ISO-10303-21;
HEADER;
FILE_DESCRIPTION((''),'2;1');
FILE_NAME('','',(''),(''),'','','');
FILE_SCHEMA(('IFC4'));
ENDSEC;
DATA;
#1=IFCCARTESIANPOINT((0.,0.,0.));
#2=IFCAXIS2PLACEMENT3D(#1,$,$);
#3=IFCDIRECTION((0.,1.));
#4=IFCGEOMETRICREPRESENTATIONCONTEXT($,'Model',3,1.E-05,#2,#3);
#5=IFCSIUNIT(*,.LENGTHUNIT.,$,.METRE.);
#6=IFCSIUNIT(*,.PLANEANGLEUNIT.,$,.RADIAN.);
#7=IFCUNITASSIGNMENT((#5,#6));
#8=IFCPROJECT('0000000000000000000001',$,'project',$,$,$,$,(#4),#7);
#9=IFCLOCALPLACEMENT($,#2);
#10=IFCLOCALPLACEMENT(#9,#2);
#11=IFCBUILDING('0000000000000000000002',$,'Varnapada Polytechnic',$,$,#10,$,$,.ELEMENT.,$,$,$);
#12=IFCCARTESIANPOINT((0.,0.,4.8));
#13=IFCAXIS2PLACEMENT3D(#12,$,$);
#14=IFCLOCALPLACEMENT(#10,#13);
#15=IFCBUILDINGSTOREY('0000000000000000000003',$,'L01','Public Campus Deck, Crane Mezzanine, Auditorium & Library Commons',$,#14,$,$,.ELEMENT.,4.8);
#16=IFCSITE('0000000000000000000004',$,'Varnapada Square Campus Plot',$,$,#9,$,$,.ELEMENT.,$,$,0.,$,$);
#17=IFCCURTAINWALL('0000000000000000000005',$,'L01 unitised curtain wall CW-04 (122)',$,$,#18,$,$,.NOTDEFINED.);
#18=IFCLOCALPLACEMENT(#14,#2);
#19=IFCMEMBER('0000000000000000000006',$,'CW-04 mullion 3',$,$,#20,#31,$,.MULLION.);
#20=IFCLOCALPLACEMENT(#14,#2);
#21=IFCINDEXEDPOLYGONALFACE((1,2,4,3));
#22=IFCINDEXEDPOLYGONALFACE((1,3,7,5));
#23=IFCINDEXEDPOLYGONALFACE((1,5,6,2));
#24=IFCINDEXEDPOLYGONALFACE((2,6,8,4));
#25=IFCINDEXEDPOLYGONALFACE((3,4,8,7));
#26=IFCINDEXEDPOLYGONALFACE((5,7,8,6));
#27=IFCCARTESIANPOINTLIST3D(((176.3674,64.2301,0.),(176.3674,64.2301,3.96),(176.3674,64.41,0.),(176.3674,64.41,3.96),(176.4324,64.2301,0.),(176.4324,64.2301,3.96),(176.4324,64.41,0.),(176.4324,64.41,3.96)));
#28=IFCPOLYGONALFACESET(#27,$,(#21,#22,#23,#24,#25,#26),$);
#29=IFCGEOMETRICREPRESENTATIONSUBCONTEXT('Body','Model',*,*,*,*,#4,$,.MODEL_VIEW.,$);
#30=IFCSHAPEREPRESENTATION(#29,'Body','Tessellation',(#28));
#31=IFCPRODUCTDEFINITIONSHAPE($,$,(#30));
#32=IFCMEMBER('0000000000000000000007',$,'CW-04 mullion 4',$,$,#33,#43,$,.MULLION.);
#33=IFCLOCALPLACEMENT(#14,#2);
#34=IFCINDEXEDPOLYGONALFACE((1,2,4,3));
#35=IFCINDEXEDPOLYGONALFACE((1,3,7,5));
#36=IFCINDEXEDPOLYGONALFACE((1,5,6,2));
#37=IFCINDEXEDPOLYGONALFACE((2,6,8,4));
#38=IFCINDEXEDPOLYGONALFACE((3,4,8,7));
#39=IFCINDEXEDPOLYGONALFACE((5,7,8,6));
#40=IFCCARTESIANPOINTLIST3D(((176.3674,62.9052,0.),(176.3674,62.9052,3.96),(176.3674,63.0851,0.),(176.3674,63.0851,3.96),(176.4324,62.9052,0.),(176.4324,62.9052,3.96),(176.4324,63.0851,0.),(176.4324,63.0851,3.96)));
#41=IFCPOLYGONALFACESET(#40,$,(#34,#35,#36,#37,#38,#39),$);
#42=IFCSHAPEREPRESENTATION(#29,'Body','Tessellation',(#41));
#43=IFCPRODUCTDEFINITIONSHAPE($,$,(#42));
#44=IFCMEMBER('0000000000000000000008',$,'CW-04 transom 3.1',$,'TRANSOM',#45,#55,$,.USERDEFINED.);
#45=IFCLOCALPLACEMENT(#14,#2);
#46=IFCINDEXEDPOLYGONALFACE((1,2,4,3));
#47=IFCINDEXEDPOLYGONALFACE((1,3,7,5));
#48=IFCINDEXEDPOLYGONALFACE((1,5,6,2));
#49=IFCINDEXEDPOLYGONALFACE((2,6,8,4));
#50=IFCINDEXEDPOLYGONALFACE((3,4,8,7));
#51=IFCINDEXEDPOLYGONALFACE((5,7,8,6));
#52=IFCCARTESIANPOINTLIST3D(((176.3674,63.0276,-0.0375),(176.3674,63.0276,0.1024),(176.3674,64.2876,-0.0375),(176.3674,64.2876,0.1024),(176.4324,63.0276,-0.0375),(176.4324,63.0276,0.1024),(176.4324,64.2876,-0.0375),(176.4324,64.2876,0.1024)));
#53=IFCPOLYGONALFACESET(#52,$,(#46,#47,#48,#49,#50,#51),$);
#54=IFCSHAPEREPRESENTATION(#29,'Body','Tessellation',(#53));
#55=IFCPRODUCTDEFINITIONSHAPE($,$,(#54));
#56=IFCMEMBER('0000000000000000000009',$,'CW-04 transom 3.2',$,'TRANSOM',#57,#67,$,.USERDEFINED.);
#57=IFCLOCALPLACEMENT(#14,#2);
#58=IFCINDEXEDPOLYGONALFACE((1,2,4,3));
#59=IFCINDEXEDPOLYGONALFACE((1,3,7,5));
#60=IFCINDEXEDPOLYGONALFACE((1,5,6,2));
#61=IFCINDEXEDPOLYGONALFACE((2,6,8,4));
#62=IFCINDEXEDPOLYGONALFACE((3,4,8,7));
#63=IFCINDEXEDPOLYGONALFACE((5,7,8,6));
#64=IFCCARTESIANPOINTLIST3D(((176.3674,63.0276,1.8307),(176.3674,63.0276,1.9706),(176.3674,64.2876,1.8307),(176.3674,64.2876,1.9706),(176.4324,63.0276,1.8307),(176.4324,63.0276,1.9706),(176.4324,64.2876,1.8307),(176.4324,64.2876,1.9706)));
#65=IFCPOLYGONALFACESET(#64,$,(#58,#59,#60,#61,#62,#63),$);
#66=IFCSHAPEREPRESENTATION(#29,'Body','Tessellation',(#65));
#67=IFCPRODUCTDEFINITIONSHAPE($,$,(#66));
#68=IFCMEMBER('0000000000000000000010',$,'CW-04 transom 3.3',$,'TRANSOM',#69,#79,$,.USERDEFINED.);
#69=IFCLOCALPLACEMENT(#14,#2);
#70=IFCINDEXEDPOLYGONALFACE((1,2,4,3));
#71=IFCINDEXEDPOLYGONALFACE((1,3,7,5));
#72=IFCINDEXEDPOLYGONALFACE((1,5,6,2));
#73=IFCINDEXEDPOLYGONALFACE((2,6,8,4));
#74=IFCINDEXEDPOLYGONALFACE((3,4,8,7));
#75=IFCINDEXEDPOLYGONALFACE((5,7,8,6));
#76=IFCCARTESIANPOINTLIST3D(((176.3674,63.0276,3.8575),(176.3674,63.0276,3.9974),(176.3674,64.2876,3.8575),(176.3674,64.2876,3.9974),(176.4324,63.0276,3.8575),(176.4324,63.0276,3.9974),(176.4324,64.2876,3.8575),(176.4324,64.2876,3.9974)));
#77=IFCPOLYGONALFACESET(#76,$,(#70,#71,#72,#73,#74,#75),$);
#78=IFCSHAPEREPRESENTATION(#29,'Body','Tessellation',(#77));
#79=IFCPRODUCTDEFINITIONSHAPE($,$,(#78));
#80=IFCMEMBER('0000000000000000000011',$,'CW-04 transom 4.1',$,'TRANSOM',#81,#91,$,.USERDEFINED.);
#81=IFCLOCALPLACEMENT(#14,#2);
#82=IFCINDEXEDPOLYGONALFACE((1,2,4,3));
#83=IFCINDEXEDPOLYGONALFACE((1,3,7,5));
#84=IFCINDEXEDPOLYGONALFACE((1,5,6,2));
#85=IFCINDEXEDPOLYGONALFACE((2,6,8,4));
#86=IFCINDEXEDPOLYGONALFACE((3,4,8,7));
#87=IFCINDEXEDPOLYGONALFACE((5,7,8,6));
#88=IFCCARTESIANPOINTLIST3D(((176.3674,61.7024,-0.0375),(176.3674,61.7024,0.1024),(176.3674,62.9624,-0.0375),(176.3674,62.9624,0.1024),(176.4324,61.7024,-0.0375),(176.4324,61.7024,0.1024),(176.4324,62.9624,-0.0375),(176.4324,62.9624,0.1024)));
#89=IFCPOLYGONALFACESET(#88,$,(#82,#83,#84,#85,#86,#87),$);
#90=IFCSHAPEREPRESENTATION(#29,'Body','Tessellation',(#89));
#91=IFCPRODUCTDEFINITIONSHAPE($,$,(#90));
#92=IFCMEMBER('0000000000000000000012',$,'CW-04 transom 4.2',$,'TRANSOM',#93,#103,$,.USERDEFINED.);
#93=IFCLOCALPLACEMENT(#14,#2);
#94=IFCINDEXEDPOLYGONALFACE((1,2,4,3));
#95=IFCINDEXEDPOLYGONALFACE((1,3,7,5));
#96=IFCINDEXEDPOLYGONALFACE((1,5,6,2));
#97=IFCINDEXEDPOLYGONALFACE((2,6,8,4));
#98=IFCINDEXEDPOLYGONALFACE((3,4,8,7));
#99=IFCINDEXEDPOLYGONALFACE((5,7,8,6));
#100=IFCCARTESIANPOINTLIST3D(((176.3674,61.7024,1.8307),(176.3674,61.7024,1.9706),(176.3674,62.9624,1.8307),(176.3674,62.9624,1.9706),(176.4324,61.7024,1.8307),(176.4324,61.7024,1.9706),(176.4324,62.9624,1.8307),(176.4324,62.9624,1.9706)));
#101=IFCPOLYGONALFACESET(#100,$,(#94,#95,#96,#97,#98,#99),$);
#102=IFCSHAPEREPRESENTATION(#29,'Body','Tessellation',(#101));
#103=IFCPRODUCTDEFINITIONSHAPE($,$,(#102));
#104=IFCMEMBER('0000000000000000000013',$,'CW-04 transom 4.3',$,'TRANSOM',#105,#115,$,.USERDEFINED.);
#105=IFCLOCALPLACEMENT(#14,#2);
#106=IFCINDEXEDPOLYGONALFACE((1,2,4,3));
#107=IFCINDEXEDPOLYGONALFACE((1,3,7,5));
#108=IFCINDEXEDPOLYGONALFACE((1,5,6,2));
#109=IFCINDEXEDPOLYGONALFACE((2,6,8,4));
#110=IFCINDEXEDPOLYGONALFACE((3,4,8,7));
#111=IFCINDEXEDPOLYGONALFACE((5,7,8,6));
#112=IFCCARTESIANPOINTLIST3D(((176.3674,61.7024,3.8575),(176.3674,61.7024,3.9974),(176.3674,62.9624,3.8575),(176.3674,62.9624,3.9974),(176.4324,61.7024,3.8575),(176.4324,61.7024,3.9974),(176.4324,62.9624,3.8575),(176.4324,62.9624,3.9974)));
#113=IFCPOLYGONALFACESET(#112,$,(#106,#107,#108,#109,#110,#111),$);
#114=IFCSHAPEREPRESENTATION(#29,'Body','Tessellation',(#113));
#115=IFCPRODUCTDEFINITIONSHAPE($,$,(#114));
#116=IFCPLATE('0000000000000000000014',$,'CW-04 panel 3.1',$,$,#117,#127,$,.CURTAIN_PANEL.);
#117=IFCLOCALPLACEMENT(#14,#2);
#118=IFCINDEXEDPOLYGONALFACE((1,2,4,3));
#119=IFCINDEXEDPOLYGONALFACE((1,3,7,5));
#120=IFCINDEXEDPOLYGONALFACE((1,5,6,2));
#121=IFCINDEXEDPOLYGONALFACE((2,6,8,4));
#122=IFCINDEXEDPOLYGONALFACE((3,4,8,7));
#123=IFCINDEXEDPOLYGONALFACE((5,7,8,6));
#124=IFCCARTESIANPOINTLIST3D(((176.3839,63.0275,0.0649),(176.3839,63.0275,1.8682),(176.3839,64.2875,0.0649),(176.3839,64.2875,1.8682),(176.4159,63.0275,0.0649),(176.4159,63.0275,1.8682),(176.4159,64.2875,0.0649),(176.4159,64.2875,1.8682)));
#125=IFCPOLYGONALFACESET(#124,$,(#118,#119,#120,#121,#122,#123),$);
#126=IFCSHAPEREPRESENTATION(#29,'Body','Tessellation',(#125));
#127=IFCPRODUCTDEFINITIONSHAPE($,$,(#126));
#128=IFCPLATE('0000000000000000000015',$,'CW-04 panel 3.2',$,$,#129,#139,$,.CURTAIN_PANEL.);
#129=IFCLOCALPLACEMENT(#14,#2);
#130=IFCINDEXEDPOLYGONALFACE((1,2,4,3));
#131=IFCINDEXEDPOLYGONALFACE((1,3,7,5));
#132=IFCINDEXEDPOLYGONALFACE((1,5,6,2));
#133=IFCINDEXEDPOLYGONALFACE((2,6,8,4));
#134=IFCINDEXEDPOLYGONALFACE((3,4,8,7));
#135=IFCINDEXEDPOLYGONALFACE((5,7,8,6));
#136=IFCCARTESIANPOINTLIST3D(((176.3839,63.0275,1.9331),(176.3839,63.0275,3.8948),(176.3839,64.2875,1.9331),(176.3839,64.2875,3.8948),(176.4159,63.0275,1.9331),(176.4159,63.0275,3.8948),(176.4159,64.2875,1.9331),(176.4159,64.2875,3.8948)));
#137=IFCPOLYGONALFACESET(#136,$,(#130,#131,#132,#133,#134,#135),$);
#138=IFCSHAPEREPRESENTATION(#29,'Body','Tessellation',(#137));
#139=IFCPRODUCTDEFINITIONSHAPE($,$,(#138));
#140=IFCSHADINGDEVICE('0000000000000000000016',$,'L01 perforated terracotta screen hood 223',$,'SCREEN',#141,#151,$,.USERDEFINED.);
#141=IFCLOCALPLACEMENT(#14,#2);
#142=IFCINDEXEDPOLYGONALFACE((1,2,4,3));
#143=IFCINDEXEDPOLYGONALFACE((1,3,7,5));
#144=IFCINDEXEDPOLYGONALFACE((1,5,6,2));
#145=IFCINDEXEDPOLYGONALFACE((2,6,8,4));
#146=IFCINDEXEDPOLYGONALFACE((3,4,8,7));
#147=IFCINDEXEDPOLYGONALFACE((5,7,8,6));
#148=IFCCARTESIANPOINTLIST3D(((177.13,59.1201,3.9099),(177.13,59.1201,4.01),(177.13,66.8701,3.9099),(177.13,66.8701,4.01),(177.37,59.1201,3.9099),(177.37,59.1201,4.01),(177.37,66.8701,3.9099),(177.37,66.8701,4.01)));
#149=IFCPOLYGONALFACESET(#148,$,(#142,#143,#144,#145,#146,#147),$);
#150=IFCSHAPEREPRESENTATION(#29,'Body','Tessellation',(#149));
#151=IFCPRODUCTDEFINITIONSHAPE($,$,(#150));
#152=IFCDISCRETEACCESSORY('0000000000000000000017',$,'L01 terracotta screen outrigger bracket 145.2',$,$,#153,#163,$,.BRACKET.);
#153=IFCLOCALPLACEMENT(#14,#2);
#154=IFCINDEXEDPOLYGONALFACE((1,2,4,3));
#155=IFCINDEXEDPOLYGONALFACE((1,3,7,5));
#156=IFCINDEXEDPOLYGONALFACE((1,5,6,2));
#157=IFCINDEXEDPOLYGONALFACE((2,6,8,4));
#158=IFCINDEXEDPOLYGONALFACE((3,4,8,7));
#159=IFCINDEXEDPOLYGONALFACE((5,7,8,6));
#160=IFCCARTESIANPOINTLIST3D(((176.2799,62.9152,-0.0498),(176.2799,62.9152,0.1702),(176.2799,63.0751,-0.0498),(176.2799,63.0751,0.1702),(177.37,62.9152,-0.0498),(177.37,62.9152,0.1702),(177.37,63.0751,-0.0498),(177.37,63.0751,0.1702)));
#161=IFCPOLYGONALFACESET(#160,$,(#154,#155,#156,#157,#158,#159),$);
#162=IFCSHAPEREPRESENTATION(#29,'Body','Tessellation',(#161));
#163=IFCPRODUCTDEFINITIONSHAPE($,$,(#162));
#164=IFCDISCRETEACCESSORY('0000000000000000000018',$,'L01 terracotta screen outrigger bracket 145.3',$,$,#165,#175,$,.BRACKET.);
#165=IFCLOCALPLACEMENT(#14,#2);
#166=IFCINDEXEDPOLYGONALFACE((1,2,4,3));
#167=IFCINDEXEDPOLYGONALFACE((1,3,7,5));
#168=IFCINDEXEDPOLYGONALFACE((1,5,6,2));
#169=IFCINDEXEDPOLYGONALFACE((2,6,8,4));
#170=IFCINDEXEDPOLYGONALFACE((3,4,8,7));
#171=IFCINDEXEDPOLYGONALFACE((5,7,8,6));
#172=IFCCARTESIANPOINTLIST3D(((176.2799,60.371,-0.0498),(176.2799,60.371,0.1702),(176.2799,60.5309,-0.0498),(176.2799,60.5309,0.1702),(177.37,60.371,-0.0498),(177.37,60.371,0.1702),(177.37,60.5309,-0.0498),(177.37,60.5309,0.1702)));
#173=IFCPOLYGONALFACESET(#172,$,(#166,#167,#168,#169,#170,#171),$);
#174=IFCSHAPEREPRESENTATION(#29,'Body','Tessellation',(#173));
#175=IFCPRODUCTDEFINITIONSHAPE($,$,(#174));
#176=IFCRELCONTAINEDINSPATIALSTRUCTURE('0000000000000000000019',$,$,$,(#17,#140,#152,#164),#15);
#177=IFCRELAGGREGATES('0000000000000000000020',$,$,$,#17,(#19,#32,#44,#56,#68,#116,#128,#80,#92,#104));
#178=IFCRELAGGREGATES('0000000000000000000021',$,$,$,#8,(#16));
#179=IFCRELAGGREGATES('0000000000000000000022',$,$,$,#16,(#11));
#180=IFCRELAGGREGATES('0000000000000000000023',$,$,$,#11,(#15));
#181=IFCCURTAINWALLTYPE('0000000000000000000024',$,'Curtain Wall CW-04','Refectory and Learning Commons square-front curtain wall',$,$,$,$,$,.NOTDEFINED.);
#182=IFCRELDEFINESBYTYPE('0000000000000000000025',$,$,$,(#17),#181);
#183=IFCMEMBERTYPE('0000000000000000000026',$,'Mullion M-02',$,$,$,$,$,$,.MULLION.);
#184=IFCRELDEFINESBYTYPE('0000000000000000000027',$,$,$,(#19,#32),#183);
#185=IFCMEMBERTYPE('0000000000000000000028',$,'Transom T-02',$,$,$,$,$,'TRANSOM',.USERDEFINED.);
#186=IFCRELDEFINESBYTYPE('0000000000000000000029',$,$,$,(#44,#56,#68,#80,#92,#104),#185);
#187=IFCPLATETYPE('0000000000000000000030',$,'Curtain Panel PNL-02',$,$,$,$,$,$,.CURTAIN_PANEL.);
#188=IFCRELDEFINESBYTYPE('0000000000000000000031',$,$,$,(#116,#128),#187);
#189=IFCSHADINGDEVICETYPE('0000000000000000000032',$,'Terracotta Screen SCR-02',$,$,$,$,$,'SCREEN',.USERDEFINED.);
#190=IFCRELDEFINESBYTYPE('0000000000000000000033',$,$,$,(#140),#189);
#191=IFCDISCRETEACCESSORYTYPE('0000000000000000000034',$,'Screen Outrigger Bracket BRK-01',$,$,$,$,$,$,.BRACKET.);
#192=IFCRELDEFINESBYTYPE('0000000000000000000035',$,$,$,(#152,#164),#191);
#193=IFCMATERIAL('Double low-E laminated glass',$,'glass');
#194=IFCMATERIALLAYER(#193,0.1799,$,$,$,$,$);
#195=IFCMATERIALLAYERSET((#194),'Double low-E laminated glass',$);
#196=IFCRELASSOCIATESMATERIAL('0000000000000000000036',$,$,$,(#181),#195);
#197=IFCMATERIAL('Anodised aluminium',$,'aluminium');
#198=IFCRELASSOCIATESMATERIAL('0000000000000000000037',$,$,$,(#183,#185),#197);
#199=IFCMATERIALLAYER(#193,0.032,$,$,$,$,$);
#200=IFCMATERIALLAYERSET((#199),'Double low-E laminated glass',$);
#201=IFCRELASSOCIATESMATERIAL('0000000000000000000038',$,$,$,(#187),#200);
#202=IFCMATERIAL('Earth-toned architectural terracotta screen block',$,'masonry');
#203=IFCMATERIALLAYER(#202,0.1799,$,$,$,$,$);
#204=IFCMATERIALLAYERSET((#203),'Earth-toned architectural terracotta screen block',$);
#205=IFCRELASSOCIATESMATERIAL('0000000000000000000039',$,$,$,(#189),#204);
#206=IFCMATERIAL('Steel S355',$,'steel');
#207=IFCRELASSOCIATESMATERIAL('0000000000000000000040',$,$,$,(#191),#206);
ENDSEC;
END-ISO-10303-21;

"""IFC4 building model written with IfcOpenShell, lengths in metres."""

from ifc_helpers import new_model, si_unit, direction, frame, origin, origin_2d, place, context, subcontext, project, spatial, rectangle, extrude, material, layer, layer_set, material_profile, profile_set, type_object, element, aggregate, save


model = new_model("IFC4")

# Units and contexts
model_context = context("Model", 3, precision=1e-05, world=origin(), true_north=direction((0.0, 1.0)))
body_context = subcontext(model_context, "Body", "Model", "MODEL_VIEW")
ifc_project = project(units=[si_unit("LENGTHUNIT", "METRE"), si_unit("PLANEANGLEUNIT", "RADIAN")], contexts=[model_context])

# Site, building, storey
site_placement = place(None, origin())
site = spatial("IfcSite", under=ifc_project, at=site_placement, Name="Varnapada Square Campus Plot", CompositionType="ELEMENT", RefElevation=0.0)
building_placement = place(site_placement, origin())
building = spatial("IfcBuilding", under=site, at=building_placement, Name="Varnapada Polytechnic", CompositionType="ELEMENT")
storey_placement = place(building_placement, frame((0.0, 0.0, 4.8)))
storey = spatial("IfcBuildingStorey", under=building, at=storey_placement, Name="L01", Description="Public Campus Deck, Crane Mezzanine, Auditorium & Library Commons", CompositionType="ELEMENT", Elevation=4.8)

# Curtain wall, members, plates
ifc_material_1 = material(Name="Double low-E laminated glass", Category="glass")
ifc_layer_1 = layer(ifc_material_1, 0.1799)
ifc_layer_set_1 = layer_set([ifc_layer_1], Name="Double low-E laminated glass")
curtain_wall_type = type_object("IfcCurtainWallType", Name="Curtain Wall CW-04", Description="Refectory and Learning Commons square-front curtain wall", PredefinedType="NOTDEFINED", material=ifc_layer_set_1)
curtain_wall_placement = place(storey_placement, origin())
curtain_wall = element("IfcCurtainWall", 1, at=curtain_wall_placement, inside=storey, type_object=curtain_wall_type, Name="L01 unitised curtain wall CW-04 (122)", PredefinedType="NOTDEFINED")
ifc_material_2 = material(Name="Anodised aluminium", Category="aluminium")
ifc_material_profile_1 = material_profile(ifc_material_2, rectangle(XDim=0.0649, YDim=0.1799, at=origin_2d()), Name="ALU M65x180")
ifc_profile_set_1 = profile_set([ifc_material_profile_1], Name="Anodised aluminium")
member_type_1 = type_object("IfcMemberType", Name="Mullion M-02", PredefinedType="MULLION", material=ifc_profile_set_1)
member_1_placement = place(storey_placement, frame((176.3999, 64.3201, 0.0), z_axis=(0.0, 0.0, 1.0), x_axis=(1.0, 0.0, 0.0)))
member_1 = element("IfcMember", 2, at=member_1_placement, type_object=member_type_1, Name="CW-04 mullion 3", PredefinedType="MULLION", context=body_context, shape_type="SweptSolid", body=[
    extrude(rectangle(XDim=0.0649, YDim=0.1799, at=origin_2d()), origin(), (0.0, 0.0, 1.0), 3.96),
])
member_2_placement = place(storey_placement, frame((176.3999, 62.9951, 0.0), z_axis=(0.0, 0.0, 1.0), x_axis=(1.0, 0.0, 0.0)))
member_2 = element("IfcMember", 3, at=member_2_placement, type_object=member_type_1, Name="CW-04 mullion 4", PredefinedType="MULLION", context=body_context, shape_type="SweptSolid", body=[
    extrude(rectangle(XDim=0.0649, YDim=0.1799, at=origin_2d()), origin(), (0.0, 0.0, 1.0), 3.96),
])
ifc_material_profile_2 = material_profile(ifc_material_2, rectangle(XDim=0.0649, YDim=0.1399, at=origin_2d()), Name="ALU T65x140")
ifc_profile_set_2 = profile_set([ifc_material_profile_2], Name="Anodised aluminium")
member_type_2 = type_object("IfcMemberType", Name="Transom T-02", ElementType="TRANSOM", PredefinedType="USERDEFINED", material=ifc_profile_set_2)
member_3_placement = place(storey_placement, frame((176.3999, 64.2876, 0.0325), z_axis=(0.0, -1.0, 0.0), x_axis=(1.0, 0.0, 0.0)))
member_3 = element("IfcMember", 4, at=member_3_placement, type_object=member_type_2, Name="CW-04 transom 3.1", ObjectType="TRANSOM", PredefinedType="USERDEFINED", context=body_context, shape_type="SweptSolid", body=[
    extrude(rectangle(XDim=0.0649, YDim=0.1399, at=origin_2d()), origin(), (0.0, 0.0, 1.0), 1.26),
])
member_4_placement = place(storey_placement, frame((176.3999, 64.2876, 1.9006), z_axis=(0.0, -1.0, 0.0), x_axis=(1.0, 0.0, 0.0)))
member_4 = element("IfcMember", 5, at=member_4_placement, type_object=member_type_2, Name="CW-04 transom 3.2", ObjectType="TRANSOM", PredefinedType="USERDEFINED", context=body_context, shape_type="SweptSolid", body=[
    extrude(rectangle(XDim=0.0649, YDim=0.1399, at=origin_2d()), origin(), (0.0, 0.0, 1.0), 1.26),
])
member_5_placement = place(storey_placement, frame((176.3999, 64.2876, 3.9275), z_axis=(0.0, -1.0, 0.0), x_axis=(1.0, 0.0, 0.0)))
member_5 = element("IfcMember", 6, at=member_5_placement, type_object=member_type_2, Name="CW-04 transom 3.3", ObjectType="TRANSOM", PredefinedType="USERDEFINED", context=body_context, shape_type="SweptSolid", body=[
    extrude(rectangle(XDim=0.0649, YDim=0.1399, at=origin_2d()), origin(), (0.0, 0.0, 1.0), 1.26),
])
member_6_placement = place(storey_placement, frame((176.3999, 62.9624, 0.0325), z_axis=(0.0, -1.0, 0.0), x_axis=(1.0, 0.0, 0.0)))
member_6 = element("IfcMember", 7, at=member_6_placement, type_object=member_type_2, Name="CW-04 transom 4.1", ObjectType="TRANSOM", PredefinedType="USERDEFINED", context=body_context, shape_type="SweptSolid", body=[
    extrude(rectangle(XDim=0.0649, YDim=0.1399, at=origin_2d()), origin(), (0.0, 0.0, 1.0), 1.26),
])
member_7_placement = place(storey_placement, frame((176.3999, 62.9624, 1.9006), z_axis=(0.0, -1.0, 0.0), x_axis=(1.0, 0.0, 0.0)))
member_7 = element("IfcMember", 8, at=member_7_placement, type_object=member_type_2, Name="CW-04 transom 4.2", ObjectType="TRANSOM", PredefinedType="USERDEFINED", context=body_context, shape_type="SweptSolid", body=[
    extrude(rectangle(XDim=0.0649, YDim=0.1399, at=origin_2d()), origin(), (0.0, 0.0, 1.0), 1.26),
])
member_8_placement = place(storey_placement, frame((176.3999, 62.9624, 3.9275), z_axis=(0.0, -1.0, 0.0), x_axis=(1.0, 0.0, 0.0)))
member_8 = element("IfcMember", 9, at=member_8_placement, type_object=member_type_2, Name="CW-04 transom 4.3", ObjectType="TRANSOM", PredefinedType="USERDEFINED", context=body_context, shape_type="SweptSolid", body=[
    extrude(rectangle(XDim=0.0649, YDim=0.1399, at=origin_2d()), origin(), (0.0, 0.0, 1.0), 1.26),
])
ifc_layer_2 = layer(ifc_material_1, 0.032)
ifc_layer_set_2 = layer_set([ifc_layer_2], Name="Double low-E laminated glass")
plate_type = type_object("IfcPlateType", Name="Curtain Panel PNL-02", PredefinedType="CURTAIN_PANEL", material=ifc_layer_set_2)
plate_1_placement = place(storey_placement, frame((176.3999, 63.6575, 0.0649), z_axis=(0.0, 0.0, 1.0), x_axis=(0.0, -1.0, 0.0)))
plate_1 = element("IfcPlate", 10, at=plate_1_placement, type_object=plate_type, Name="CW-04 panel 3.1", PredefinedType="CURTAIN_PANEL", context=body_context, shape_type="SweptSolid", body=[
    extrude(rectangle(XDim=1.26, YDim=0.032, at=origin_2d()), origin(), (0.0, 0.0, 1.0), 1.8032),
])
plate_2_placement = place(storey_placement, frame((176.3999, 63.6575, 1.9331), z_axis=(0.0, 0.0, 1.0), x_axis=(0.0, -1.0, 0.0)))
plate_2 = element("IfcPlate", 11, at=plate_2_placement, type_object=plate_type, Name="CW-04 panel 3.2", PredefinedType="CURTAIN_PANEL", context=body_context, shape_type="SweptSolid", body=[
    extrude(rectangle(XDim=1.26, YDim=0.032, at=origin_2d()), origin(), (0.0, 0.0, 1.0), 1.9617),
])
aggregate(curtain_wall, [member_1, member_2, member_3, member_4, member_5, plate_1, plate_2, member_6, member_7, member_8])

# Shading device
ifc_material_3 = material(Name="Earth-toned architectural terracotta screen block", Category="masonry")
ifc_layer_3 = layer(ifc_material_3, 0.1799)
ifc_layer_set_3 = layer_set([ifc_layer_3], Name="Earth-toned architectural terracotta screen block")
shading_device_type = type_object("IfcShadingDeviceType", Name="Terracotta Screen SCR-02", ElementType="SCREEN", PredefinedType="USERDEFINED", material=ifc_layer_set_3)
shading_device_placement = place(storey_placement, frame((177.25, 62.9951, 3.9099), z_axis=(0.0, 0.0, 1.0), x_axis=(0.0, -1.0, 0.0)))
element("IfcShadingDevice", 12, at=shading_device_placement, inside=storey, type_object=shading_device_type, Name="L01 perforated terracotta screen hood 223", ObjectType="SCREEN", PredefinedType="USERDEFINED", context=body_context, shape_type="SweptSolid", body=[
    extrude(rectangle(XDim=7.75, YDim=0.24, at=origin_2d()), origin(), (0.0, 0.0, 1.0), 0.1001),
])

# Discrete accessories
ifc_material_4 = material(Name="Steel S355", Category="steel")
discrete_accessory_type = type_object("IfcDiscreteAccessoryType", Name="Screen Outrigger Bracket BRK-01", PredefinedType="BRACKET", material=ifc_material_4)
for number, where, z_axis, x_axis, name in (
    (13, (176.825, 62.9951, -0.0498), (0.0, 0.0, 1.0), (0.0, -1.0, 0.0), "L01 terracotta screen outrigger bracket 145.2"),
    (14, (176.825, 60.4509, -0.0498), (0.0, 0.0, 1.0), (0.0, -1.0, 0.0), "L01 terracotta screen outrigger bracket 145.3"),
):
    element("IfcDiscreteAccessory", number, at=place(storey_placement, frame(where, z_axis=z_axis, x_axis=x_axis)), inside=storey, type_object=discrete_accessory_type, Name=name, PredefinedType="BRACKET", context=body_context, shape_type="SweptSolid", body=[
        extrude(rectangle(XDim=0.1599, YDim=1.0901, at=origin_2d()), origin(), (0.0, 0.0, 1.0), 0.22),
    ])

save(model, "model.ifc")
